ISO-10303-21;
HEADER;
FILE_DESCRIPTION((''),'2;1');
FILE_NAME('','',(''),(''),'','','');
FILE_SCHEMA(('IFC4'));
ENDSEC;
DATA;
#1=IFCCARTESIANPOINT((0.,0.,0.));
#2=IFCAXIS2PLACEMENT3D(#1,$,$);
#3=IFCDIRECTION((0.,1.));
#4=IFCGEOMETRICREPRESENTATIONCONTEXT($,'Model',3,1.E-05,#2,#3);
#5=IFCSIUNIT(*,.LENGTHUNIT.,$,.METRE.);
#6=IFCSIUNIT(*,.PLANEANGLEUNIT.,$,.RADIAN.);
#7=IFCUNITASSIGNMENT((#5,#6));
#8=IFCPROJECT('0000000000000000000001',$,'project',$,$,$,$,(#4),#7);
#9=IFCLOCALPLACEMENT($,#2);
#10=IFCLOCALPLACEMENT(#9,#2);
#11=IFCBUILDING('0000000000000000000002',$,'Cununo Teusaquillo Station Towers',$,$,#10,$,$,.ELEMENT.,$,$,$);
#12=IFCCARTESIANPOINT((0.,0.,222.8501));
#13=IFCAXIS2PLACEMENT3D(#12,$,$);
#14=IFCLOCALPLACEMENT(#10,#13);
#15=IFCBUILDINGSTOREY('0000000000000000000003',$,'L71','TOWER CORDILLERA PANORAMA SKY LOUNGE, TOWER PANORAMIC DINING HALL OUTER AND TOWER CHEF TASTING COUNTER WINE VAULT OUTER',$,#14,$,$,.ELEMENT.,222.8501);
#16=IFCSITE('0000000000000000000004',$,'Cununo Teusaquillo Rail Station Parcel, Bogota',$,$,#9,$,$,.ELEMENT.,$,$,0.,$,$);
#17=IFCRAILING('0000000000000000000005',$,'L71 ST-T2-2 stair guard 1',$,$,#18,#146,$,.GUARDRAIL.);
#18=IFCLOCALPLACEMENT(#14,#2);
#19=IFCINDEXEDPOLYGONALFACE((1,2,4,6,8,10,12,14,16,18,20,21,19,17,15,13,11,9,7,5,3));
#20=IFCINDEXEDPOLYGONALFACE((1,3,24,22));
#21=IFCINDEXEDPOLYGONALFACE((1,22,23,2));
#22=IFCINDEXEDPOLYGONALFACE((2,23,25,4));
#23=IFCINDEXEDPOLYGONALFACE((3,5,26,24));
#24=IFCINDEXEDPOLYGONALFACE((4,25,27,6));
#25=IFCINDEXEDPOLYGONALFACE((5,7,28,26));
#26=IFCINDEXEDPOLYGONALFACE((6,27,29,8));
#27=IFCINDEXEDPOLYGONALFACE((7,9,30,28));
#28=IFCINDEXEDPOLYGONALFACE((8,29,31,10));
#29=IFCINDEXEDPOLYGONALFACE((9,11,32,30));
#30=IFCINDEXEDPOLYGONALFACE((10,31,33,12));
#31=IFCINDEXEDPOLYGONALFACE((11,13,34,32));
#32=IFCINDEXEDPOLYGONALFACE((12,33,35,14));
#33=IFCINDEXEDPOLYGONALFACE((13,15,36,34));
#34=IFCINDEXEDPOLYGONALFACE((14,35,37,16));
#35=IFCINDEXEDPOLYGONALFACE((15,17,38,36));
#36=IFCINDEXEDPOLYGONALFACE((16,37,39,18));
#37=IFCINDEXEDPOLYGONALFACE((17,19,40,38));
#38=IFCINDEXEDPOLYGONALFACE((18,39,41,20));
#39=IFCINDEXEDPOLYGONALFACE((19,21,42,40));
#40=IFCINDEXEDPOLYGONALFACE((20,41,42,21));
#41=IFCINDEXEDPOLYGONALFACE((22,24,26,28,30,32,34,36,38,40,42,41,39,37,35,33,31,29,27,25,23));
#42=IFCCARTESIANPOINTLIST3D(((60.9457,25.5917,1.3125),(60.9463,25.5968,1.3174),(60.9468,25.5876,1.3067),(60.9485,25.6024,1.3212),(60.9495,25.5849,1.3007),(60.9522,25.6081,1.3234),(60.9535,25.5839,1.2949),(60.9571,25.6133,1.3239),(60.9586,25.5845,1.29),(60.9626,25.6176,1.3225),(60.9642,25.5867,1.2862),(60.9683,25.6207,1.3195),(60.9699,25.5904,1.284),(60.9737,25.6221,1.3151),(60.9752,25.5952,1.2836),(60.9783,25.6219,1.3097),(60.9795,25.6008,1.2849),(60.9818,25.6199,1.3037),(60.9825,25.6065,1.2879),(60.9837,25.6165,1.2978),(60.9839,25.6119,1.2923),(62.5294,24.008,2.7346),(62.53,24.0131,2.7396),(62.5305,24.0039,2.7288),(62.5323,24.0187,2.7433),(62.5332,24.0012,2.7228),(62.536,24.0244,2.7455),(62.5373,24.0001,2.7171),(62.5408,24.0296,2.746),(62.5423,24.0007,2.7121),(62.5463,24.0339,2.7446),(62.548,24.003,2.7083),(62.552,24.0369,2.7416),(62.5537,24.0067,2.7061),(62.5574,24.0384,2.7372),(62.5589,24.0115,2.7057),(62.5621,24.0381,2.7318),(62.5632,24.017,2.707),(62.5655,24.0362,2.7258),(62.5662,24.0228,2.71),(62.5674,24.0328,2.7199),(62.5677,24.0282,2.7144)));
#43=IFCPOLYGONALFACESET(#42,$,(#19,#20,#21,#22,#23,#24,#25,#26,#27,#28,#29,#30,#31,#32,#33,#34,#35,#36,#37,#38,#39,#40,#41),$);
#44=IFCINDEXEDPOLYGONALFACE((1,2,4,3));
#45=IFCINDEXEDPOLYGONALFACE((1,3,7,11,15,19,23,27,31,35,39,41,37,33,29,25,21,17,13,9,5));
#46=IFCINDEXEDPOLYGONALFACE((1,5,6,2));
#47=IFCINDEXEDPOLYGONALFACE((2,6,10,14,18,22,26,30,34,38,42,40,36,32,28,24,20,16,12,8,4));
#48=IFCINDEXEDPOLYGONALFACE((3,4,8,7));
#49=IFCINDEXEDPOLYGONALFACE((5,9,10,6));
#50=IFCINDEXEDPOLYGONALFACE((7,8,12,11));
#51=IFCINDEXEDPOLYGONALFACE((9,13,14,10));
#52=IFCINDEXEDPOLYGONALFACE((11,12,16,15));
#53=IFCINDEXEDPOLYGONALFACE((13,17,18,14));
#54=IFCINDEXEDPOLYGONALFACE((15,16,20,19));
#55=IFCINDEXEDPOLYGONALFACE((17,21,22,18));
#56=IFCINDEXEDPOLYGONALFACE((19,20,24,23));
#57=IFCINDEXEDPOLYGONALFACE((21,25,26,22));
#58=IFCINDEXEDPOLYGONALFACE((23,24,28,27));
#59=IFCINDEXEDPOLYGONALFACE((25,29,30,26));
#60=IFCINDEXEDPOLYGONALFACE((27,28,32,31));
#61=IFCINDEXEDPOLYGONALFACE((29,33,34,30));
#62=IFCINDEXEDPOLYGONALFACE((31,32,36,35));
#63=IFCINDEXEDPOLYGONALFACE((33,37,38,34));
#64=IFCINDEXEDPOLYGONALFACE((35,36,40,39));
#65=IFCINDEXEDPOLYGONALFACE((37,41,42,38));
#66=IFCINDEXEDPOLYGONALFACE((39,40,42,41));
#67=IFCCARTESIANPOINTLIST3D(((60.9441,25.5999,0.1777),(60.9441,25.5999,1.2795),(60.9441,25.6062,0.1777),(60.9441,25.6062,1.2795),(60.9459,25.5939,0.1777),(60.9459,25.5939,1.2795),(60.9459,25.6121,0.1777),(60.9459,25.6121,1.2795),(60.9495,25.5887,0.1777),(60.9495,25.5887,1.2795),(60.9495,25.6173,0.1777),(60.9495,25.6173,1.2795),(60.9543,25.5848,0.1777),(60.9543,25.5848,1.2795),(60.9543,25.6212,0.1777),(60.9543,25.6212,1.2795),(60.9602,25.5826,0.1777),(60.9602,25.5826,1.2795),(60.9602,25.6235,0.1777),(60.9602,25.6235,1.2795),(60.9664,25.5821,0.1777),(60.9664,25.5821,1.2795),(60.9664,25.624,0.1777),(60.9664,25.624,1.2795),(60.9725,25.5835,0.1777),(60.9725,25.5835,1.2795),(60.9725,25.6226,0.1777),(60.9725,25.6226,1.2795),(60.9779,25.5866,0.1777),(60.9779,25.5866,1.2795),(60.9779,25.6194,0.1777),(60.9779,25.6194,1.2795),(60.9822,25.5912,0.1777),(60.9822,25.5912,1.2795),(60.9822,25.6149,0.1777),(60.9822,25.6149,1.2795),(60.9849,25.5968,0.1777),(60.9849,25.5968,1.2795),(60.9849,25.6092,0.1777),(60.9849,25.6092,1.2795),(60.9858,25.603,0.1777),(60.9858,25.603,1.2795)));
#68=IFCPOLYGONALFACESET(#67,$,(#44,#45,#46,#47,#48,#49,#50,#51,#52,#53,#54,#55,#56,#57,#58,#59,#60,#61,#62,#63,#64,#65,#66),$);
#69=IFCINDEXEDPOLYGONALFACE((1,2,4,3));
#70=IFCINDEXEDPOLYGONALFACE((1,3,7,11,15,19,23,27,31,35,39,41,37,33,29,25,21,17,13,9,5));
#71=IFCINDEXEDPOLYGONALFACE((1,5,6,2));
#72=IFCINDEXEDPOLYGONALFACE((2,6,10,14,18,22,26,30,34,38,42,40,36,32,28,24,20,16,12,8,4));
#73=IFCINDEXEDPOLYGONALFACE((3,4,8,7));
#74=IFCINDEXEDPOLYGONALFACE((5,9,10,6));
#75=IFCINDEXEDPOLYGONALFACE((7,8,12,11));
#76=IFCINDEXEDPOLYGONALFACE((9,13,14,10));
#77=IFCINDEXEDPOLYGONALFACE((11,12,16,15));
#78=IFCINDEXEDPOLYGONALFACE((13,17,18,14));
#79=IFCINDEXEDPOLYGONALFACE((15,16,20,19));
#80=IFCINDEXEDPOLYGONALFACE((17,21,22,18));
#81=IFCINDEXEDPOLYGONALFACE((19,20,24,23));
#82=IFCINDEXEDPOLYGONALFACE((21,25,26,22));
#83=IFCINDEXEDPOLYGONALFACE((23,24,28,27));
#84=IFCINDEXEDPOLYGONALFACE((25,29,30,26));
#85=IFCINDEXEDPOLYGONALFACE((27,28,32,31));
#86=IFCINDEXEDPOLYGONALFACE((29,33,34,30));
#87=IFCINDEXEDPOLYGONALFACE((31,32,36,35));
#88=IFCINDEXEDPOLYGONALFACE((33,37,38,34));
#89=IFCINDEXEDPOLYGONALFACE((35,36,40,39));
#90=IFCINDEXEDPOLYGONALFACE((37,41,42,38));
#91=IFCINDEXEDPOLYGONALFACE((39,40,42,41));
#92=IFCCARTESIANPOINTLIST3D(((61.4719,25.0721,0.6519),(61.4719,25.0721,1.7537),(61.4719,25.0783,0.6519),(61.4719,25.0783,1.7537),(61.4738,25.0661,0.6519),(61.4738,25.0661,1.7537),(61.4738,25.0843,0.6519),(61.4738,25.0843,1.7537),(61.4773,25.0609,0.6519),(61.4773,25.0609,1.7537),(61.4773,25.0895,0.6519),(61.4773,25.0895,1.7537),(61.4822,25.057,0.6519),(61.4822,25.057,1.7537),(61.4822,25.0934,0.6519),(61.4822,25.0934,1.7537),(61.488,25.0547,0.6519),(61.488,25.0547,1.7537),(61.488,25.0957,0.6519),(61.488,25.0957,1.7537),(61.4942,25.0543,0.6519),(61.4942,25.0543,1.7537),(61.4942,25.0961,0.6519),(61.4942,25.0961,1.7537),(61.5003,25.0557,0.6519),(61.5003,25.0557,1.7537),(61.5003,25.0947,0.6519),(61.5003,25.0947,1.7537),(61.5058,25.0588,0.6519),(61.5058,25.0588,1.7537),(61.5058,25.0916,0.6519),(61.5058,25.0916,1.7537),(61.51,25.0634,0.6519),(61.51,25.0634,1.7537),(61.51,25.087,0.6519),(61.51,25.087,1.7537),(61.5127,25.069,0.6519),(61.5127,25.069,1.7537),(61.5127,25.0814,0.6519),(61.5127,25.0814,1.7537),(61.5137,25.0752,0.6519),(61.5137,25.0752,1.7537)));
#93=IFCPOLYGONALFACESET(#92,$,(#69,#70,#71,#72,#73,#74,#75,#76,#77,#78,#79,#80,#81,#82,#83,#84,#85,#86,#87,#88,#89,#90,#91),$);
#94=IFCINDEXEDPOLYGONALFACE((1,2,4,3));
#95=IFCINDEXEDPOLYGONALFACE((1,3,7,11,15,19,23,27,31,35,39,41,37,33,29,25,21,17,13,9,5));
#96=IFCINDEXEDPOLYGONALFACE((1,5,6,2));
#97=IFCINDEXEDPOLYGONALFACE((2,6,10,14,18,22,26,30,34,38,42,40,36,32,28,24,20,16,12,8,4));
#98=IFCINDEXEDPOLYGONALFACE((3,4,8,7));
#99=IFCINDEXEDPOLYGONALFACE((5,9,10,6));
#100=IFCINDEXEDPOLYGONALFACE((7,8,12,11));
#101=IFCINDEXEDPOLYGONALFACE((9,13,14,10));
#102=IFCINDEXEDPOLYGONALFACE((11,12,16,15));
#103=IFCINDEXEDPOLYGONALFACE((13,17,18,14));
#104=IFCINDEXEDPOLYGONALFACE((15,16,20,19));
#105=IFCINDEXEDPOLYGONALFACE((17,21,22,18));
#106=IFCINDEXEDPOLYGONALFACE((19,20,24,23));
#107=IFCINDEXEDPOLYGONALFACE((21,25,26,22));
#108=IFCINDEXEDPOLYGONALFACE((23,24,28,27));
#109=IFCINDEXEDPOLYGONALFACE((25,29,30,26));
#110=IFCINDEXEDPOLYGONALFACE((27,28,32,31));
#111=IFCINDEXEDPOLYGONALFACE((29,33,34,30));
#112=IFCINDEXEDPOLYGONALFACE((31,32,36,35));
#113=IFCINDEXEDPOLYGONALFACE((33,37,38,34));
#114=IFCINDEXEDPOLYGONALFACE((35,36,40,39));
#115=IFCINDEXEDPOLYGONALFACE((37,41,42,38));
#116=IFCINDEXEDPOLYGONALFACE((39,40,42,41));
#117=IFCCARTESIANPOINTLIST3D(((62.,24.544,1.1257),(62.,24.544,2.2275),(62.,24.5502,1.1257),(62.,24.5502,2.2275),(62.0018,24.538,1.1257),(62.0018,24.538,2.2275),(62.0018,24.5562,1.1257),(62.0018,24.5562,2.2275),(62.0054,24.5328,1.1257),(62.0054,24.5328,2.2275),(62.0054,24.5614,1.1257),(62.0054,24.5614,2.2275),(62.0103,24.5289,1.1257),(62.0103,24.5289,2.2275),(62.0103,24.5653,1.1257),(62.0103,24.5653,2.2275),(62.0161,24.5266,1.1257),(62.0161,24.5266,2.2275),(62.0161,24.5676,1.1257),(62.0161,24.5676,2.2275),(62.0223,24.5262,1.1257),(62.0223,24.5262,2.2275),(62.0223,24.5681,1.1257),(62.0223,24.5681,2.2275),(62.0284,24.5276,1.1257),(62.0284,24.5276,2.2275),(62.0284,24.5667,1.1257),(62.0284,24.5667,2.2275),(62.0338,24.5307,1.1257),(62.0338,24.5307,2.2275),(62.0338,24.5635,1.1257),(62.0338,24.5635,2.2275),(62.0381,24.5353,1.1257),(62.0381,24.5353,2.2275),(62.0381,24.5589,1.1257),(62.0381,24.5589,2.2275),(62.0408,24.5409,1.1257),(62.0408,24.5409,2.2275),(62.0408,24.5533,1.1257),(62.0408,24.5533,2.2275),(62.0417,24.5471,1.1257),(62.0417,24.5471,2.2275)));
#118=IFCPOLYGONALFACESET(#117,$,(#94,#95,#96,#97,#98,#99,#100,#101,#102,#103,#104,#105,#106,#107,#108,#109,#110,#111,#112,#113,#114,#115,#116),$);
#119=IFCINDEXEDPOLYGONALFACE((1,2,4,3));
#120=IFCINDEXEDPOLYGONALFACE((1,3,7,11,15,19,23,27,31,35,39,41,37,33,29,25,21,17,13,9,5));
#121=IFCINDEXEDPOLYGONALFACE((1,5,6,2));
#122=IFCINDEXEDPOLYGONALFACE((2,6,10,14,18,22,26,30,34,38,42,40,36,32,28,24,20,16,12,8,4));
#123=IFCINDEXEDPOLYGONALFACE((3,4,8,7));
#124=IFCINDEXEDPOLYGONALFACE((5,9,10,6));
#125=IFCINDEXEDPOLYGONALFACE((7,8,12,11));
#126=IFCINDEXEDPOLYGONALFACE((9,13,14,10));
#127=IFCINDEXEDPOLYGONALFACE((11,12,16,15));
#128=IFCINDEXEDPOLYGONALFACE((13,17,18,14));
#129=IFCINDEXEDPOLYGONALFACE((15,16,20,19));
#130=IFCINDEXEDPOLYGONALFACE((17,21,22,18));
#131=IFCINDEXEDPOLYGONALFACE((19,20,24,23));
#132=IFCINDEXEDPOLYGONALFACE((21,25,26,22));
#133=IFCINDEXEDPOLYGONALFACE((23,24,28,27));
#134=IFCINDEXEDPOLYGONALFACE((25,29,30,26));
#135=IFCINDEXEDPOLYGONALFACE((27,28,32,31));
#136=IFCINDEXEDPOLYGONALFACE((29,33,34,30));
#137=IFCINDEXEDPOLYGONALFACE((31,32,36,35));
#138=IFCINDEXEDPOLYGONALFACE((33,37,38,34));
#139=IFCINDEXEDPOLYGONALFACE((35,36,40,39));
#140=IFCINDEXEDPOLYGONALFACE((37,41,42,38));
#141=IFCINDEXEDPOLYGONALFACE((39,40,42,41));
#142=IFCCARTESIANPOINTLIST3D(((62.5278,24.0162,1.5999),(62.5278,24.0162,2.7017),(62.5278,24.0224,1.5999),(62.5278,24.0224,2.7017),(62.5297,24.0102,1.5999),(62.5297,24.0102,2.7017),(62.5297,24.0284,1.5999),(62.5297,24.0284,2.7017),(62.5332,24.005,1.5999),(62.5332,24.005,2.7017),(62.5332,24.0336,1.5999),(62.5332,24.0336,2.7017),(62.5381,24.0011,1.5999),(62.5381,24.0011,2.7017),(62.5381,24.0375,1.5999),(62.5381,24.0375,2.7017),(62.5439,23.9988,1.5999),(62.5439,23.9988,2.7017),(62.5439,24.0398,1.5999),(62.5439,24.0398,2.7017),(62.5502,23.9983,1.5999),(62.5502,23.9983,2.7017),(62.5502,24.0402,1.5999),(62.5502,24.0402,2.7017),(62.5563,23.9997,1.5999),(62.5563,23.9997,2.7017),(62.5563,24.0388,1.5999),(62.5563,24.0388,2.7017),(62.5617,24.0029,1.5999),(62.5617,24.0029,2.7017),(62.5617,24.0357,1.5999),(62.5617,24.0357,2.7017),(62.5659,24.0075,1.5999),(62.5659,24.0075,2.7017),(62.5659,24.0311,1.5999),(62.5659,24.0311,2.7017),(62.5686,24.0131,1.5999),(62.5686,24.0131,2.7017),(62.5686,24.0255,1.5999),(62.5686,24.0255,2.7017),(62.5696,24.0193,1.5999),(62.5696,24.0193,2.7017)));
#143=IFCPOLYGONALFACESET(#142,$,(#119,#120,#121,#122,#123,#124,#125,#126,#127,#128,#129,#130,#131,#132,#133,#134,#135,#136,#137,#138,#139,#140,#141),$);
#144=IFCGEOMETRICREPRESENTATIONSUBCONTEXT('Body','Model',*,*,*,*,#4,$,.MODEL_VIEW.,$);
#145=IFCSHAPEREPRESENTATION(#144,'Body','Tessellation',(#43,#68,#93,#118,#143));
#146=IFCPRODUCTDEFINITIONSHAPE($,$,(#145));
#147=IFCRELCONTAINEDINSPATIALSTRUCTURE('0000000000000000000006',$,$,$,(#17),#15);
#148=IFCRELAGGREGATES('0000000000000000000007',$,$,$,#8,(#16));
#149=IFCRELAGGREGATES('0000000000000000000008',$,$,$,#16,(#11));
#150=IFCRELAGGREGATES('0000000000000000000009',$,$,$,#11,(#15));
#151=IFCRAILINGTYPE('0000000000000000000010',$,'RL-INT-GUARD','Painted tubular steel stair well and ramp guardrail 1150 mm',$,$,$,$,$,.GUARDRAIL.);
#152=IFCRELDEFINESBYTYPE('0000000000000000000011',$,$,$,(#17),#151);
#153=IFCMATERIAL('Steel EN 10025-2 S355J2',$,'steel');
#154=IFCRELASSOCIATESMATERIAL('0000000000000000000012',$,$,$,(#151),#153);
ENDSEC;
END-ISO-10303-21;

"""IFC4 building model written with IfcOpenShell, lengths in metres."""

from ifc_helpers import new_model, si_unit, direction, frame, origin, origin_2d, place, context, subcontext, project, spatial, circle, extrude, material, type_object, element, save


model = new_model("IFC4")

# Units and contexts
model_context = context("Model", 3, precision=1e-05, world=origin(), true_north=direction((0.0, 1.0)))
body_context = subcontext(model_context, "Body", "Model", "MODEL_VIEW")
ifc_project = project(units=[si_unit("LENGTHUNIT", "METRE"), si_unit("PLANEANGLEUNIT", "RADIAN")], contexts=[model_context])

# Site, building, storey
site_placement = place(None, origin())
site = spatial("IfcSite", under=ifc_project, at=site_placement, Name="Cununo Teusaquillo Rail Station Parcel, Bogota", CompositionType="ELEMENT", RefElevation=0.0)
building_placement = place(site_placement, origin())
building = spatial("IfcBuilding", under=site, at=building_placement, Name="Cununo Teusaquillo Station Towers", CompositionType="ELEMENT")
storey_placement = place(building_placement, frame((0.0, 0.0, 222.8501)))
storey = spatial("IfcBuildingStorey", under=building, at=storey_placement, Name="L71", Description="TOWER CORDILLERA PANORAMA SKY LOUNGE, TOWER PANORAMIC DINING HALL OUTER AND TOWER CHEF TASTING COUNTER WINE VAULT OUTER", CompositionType="ELEMENT", Elevation=222.8501)

# Railing
ifc_material_1 = material(Name="Steel EN 10025-2 S355J2", Category="steel")
railing_type_1 = type_object("IfcRailingType", Name="RL-INT-GUARD", Description="Painted tubular steel stair well and ramp guardrail 1150 mm", PredefinedType="GUARDRAIL", material=ifc_material_1)
railing_1_placement = place(storey_placement, frame((60.9648, 25.603, 0.1777)))
element("IfcRailing", 1, at=railing_1_placement, inside=storey, type_object=railing_type_1, Name="L71 ST-T2-2 stair guard 1", PredefinedType="GUARDRAIL", context=body_context, shape_type="SweptSolid", body=[
    extrude(circle(Radius=0.0239, at=origin_2d()), frame((0.0, 0.0, 1.126), z_axis=(0.596942, -0.596942, 0.536024), x_axis=(0.707107, 0.707107, 0.0)), (0.0, 0.0, 1.0), 2.6531),
    extrude(circle(Radius=0.021, at=origin_2d()), origin(), (0.0, 0.0, 1.0), 1.1018),
    extrude(circle(Radius=0.021, at=origin_2d()), frame((0.5278, -0.5278, 0.4741)), (0.0, 0.0, 1.0), 1.1018),
    extrude(circle(Radius=0.021, at=origin_2d()), frame((1.0559, -1.0559, 0.948)), (0.0, 0.0, 1.0), 1.1018),
    extrude(circle(Radius=0.021, at=origin_2d()), frame((1.5837, -1.5837, 1.4221)), (0.0, 0.0, 1.0), 1.1018),
])

save(model, "model.ifc")
